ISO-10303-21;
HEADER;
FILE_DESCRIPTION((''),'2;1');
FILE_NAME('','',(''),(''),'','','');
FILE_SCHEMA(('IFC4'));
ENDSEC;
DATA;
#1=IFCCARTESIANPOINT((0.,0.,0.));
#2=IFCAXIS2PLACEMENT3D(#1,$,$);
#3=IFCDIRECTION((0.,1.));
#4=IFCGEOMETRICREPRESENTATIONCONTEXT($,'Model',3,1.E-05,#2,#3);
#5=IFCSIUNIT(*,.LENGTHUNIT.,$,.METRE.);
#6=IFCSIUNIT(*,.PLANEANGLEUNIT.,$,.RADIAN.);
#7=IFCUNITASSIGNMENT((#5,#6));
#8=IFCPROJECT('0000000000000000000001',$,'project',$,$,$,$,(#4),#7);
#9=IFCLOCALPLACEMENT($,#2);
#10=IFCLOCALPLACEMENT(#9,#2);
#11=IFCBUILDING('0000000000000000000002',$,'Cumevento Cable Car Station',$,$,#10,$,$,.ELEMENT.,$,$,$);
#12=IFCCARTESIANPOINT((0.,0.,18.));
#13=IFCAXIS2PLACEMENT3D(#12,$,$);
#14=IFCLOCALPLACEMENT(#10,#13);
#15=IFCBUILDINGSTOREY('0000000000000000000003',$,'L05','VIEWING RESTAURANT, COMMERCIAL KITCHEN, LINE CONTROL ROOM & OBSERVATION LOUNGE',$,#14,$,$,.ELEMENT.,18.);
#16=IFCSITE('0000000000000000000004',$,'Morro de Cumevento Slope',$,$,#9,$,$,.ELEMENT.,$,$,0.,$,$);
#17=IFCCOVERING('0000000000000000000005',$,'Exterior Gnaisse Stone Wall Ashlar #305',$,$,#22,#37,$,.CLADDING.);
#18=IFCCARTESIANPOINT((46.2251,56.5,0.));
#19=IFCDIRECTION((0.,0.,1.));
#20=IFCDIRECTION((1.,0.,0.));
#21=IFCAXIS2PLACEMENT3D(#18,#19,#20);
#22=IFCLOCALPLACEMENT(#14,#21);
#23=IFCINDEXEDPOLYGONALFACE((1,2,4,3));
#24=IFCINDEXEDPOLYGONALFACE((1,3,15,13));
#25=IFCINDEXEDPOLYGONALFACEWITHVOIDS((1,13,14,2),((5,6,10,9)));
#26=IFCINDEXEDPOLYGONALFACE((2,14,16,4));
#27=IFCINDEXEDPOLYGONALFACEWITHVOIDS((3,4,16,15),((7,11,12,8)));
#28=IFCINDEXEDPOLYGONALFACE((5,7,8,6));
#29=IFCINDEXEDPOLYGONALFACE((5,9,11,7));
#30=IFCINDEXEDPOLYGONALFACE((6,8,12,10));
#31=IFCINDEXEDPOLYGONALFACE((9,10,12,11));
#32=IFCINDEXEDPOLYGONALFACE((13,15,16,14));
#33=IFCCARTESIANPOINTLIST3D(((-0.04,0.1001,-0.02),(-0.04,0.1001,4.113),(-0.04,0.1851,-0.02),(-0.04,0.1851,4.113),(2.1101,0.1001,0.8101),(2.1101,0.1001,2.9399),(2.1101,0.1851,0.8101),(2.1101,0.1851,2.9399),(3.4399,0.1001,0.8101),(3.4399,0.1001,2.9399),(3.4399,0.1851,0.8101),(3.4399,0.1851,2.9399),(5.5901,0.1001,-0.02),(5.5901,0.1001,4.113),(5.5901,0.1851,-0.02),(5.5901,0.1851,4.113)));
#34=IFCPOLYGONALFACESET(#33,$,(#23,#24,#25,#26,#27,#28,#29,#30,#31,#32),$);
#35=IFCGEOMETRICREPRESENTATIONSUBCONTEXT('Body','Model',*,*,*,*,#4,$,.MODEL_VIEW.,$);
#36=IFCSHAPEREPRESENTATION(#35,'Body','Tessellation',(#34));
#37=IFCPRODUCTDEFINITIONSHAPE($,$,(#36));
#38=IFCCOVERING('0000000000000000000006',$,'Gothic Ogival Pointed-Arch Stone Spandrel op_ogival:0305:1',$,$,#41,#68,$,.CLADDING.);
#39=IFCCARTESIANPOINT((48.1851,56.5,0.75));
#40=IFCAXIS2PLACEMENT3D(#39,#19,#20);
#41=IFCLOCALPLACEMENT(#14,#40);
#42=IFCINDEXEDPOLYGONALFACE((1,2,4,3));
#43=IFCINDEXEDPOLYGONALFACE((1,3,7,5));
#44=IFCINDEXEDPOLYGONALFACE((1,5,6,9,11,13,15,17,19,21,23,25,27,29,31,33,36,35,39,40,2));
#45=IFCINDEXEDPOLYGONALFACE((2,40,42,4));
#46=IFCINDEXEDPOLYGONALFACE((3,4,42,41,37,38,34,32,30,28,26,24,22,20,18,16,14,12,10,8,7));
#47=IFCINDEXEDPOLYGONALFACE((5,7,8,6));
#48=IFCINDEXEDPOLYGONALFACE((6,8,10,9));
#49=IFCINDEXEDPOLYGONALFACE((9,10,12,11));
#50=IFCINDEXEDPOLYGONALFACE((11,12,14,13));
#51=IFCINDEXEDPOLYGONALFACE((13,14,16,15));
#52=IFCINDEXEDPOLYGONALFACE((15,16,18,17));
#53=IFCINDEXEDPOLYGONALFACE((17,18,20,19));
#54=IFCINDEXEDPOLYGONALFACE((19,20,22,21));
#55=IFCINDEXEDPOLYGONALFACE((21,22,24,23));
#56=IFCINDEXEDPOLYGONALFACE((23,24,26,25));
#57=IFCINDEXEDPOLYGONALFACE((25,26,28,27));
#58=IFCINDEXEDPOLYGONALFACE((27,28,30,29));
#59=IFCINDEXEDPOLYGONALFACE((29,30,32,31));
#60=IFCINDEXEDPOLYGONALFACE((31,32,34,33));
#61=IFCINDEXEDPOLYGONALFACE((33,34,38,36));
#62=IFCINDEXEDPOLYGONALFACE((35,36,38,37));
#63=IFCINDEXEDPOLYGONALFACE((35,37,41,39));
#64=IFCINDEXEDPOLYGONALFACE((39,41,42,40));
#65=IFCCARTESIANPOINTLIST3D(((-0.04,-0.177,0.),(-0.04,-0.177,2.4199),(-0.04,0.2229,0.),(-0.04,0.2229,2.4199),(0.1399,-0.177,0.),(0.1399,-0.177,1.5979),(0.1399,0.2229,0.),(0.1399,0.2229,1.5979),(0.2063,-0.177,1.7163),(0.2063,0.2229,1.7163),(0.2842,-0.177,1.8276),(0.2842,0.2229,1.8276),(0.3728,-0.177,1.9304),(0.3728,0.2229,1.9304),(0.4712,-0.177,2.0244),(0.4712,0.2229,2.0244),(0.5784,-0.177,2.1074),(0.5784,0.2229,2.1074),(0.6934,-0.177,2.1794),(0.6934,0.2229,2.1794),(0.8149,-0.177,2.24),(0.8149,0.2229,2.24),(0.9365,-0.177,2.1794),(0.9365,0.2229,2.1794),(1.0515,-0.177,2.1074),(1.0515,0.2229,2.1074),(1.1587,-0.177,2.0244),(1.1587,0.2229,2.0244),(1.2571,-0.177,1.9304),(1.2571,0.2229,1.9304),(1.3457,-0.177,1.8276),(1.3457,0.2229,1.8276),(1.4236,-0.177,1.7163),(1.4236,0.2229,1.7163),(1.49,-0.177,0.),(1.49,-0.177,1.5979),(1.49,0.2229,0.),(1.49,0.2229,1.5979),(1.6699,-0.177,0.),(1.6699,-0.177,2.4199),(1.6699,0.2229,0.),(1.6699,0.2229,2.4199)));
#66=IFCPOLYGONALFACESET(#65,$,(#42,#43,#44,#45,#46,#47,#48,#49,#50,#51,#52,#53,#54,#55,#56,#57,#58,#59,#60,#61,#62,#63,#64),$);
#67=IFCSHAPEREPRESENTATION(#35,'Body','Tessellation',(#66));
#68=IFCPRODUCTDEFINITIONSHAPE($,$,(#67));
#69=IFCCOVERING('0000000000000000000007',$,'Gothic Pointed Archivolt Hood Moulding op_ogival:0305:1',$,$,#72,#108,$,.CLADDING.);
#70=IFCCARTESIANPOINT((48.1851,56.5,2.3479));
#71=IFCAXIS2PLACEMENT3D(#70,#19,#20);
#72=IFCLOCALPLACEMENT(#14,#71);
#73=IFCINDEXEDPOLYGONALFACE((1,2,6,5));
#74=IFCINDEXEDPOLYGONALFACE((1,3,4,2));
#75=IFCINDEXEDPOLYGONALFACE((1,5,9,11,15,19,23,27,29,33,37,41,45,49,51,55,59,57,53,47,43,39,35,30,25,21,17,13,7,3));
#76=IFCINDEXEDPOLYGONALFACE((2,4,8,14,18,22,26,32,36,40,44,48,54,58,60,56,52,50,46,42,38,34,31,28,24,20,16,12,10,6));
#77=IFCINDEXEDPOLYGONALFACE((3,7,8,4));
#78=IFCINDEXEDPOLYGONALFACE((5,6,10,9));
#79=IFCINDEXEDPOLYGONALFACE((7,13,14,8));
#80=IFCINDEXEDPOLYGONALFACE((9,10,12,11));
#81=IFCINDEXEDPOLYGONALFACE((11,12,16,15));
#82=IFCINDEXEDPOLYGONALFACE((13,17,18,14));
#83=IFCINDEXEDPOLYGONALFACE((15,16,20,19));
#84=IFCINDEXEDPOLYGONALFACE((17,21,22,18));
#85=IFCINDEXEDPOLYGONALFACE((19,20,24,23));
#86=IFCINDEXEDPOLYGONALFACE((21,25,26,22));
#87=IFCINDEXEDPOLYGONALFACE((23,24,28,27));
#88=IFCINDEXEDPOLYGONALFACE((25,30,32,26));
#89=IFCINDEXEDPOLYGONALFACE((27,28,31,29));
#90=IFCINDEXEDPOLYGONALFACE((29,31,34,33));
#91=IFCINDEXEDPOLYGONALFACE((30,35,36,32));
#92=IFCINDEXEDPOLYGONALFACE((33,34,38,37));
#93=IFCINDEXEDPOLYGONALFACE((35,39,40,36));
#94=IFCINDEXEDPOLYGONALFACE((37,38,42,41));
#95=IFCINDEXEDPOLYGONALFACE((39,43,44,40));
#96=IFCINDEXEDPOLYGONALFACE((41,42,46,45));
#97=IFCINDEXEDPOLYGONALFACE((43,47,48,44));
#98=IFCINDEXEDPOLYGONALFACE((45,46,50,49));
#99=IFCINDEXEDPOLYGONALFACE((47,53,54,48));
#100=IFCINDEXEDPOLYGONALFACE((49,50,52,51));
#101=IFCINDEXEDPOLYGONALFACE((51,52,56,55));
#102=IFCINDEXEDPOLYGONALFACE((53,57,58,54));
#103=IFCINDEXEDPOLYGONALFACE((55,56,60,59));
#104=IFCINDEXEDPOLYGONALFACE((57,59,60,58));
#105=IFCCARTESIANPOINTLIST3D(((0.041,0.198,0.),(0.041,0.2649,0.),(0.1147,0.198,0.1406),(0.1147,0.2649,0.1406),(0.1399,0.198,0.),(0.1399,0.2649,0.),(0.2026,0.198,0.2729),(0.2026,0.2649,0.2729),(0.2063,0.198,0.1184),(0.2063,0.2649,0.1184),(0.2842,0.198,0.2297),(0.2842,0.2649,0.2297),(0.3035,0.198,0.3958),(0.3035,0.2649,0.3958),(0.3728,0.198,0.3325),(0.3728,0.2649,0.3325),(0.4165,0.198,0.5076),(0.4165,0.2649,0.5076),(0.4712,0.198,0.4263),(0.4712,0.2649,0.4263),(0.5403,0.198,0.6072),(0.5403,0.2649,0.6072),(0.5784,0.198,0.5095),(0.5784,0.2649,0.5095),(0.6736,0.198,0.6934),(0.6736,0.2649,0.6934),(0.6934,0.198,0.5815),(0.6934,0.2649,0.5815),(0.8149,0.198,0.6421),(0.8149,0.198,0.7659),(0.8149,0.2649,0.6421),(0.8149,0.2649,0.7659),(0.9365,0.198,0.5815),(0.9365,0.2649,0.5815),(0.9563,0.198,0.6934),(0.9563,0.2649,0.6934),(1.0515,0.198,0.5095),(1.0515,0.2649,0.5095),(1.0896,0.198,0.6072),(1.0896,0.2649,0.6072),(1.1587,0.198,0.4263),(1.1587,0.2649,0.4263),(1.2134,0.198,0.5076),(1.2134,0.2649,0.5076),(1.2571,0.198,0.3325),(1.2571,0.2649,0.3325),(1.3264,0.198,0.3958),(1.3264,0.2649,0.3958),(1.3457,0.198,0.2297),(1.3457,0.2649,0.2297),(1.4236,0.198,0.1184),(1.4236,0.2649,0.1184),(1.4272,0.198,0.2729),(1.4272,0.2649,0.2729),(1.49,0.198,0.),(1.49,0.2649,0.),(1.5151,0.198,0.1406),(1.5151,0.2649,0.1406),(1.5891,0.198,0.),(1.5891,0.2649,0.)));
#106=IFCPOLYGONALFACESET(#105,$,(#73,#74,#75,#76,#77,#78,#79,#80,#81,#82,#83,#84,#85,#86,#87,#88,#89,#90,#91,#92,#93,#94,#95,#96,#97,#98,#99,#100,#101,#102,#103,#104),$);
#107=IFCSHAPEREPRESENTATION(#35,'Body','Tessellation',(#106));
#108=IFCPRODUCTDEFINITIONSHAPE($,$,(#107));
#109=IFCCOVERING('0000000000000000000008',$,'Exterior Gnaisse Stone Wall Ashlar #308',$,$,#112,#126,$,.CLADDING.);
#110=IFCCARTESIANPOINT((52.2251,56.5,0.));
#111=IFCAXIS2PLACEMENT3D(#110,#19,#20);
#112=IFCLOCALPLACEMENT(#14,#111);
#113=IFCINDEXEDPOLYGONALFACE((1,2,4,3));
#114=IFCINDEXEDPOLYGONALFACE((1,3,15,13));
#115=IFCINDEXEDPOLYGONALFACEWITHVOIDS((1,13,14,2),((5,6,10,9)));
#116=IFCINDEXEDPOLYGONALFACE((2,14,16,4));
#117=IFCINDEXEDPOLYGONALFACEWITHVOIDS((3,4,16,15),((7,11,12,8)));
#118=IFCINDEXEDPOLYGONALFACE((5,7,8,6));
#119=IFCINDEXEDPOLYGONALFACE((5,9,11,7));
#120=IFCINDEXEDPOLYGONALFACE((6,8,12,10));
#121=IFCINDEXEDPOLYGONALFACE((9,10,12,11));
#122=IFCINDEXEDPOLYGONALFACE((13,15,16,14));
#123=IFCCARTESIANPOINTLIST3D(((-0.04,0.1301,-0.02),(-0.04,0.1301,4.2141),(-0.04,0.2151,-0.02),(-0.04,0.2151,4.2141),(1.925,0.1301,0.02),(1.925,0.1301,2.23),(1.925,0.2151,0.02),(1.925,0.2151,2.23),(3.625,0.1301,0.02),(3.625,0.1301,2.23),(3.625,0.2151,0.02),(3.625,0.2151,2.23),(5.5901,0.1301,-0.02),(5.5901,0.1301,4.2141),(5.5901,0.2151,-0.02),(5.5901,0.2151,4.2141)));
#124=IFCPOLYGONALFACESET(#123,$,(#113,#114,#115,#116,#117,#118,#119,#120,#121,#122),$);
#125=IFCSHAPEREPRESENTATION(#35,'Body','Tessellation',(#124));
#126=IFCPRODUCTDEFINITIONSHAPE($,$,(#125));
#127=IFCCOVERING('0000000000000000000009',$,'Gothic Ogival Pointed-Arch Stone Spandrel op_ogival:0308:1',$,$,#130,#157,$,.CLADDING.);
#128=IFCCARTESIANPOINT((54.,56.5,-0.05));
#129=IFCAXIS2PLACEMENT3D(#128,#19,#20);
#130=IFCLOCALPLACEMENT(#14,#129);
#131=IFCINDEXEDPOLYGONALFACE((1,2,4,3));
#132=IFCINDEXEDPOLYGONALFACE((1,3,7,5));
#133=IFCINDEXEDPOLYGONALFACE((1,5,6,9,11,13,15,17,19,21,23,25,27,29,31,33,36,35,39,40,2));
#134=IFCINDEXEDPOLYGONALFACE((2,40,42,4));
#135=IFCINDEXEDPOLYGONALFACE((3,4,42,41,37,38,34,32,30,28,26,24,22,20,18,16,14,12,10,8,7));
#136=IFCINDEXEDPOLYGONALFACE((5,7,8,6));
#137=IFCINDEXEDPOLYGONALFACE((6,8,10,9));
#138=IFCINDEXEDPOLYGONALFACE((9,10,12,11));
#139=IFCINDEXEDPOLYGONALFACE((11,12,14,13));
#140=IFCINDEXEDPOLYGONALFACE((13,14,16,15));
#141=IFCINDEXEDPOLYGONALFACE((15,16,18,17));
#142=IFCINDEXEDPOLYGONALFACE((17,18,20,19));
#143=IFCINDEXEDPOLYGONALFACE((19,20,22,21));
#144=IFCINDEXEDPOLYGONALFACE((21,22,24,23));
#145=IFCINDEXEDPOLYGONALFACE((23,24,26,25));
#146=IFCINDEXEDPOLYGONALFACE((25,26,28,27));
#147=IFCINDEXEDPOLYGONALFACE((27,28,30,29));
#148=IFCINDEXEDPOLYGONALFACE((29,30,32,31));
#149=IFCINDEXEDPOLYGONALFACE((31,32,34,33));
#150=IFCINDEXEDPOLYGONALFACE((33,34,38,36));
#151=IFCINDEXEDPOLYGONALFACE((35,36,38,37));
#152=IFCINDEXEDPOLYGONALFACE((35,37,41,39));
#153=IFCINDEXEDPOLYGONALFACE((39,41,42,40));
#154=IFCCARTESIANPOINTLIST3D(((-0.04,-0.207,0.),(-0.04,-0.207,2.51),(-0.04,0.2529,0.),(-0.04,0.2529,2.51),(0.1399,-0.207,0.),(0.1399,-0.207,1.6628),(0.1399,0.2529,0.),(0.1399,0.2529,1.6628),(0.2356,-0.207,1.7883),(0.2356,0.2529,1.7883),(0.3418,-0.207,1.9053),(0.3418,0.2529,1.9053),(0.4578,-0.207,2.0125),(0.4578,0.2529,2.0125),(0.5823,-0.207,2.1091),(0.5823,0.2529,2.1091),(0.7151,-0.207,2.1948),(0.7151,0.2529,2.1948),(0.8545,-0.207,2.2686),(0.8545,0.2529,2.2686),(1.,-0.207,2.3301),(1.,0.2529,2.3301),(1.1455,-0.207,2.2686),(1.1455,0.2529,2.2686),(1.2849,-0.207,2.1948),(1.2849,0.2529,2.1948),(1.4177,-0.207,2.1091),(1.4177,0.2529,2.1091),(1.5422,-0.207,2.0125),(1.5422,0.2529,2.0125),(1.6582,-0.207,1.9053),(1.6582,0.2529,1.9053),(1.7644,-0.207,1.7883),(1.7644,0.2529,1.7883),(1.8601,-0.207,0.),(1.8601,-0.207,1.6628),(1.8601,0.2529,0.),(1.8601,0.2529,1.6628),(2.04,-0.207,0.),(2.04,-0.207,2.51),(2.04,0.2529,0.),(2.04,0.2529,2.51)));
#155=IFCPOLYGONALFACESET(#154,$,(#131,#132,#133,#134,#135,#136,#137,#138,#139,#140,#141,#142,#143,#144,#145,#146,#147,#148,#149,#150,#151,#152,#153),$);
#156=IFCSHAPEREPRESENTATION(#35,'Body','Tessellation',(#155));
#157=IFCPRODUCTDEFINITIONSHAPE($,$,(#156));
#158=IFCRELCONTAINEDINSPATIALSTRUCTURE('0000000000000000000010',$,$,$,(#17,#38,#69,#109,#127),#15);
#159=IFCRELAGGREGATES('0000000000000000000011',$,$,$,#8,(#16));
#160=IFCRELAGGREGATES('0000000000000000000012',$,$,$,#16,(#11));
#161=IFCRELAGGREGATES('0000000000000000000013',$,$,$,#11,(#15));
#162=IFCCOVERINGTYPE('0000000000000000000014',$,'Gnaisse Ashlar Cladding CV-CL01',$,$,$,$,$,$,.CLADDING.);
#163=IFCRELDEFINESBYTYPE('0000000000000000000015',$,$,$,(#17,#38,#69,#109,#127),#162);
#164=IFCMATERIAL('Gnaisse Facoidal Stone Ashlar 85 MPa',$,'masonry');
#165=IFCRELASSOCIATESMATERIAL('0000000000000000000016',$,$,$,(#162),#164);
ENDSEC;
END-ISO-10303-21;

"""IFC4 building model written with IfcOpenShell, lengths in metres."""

from ifc_helpers import new_model, si_unit, direction, frame, origin, place, context, subcontext, project, spatial, polyline, outline, extrude, material, type_object, element, save


model = new_model("IFC4")

# Units and contexts
model_context = context("Model", 3, precision=1e-05, world=origin(), true_north=direction((0.0, 1.0)))
body_context = subcontext(model_context, "Body", "Model", "MODEL_VIEW")
ifc_project = project(units=[si_unit("LENGTHUNIT", "METRE"), si_unit("PLANEANGLEUNIT", "RADIAN")], contexts=[model_context])

# Site, building, storey
site_placement = place(None, origin())
site = spatial("IfcSite", under=ifc_project, at=site_placement, Name="Morro de Cumevento Slope", CompositionType="ELEMENT", RefElevation=0.0)
building_placement = place(site_placement, origin())
building = spatial("IfcBuilding", under=site, at=building_placement, Name="Cumevento Cable Car Station", CompositionType="ELEMENT")
storey_placement = place(building_placement, frame((0.0, 0.0, 18.0)))
storey = spatial("IfcBuildingStorey", under=building, at=storey_placement, Name="L05", Description="VIEWING RESTAURANT, COMMERCIAL KITCHEN, LINE CONTROL ROOM & OBSERVATION LOUNGE", CompositionType="ELEMENT", Elevation=18.0)

# Coverings
ifc_material_1 = material(Name="Gnaisse Facoidal Stone Ashlar 85 MPa", Category="masonry")
covering_type = type_object("IfcCoveringType", Name="Gnaisse Ashlar Cladding CV-CL01", PredefinedType="CLADDING", material=ifc_material_1)
covering_1_placement = place(storey_placement, frame((46.2251, 56.5, 0.0), z_axis=(0.0, 0.0, 1.0), x_axis=(1.0, 0.0, 0.0)))
element("IfcCovering", 1, at=covering_1_placement, inside=storey, type_object=covering_type, Name="Exterior Gnaisse Stone Wall Ashlar #305", PredefinedType="CLADDING", context=body_context, shape_type="SweptSolid", body=[
    extrude(outline(polyline([(-0.04, -0.02), (5.5901, -0.02), (5.5901, 4.113), (-0.04, 4.113), (-0.04, -0.02)]), holes=[polyline([(2.1101, 0.8101), (3.4399, 0.8101), (3.4399, 2.9399), (2.1101, 2.9399), (2.1101, 0.8101)])]), frame((0.0, 0.1851, 0.0), z_axis=(0.0, -1.0, 0.0), x_axis=(1.0, 0.0, 0.0)), (0.0, 0.0, 1.0), 0.085),
])
covering_2_placement = place(storey_placement, frame((48.1851, 56.5, 0.75), z_axis=(0.0, 0.0, 1.0), x_axis=(1.0, 0.0, 0.0)))
element("IfcCovering", 2, at=covering_2_placement, inside=storey, type_object=covering_type, Name="Gothic Ogival Pointed-Arch Stone Spandrel op_ogival:0305:1", PredefinedType="CLADDING", context=body_context, shape_type="SweptSolid", body=[
    extrude(outline(polyline([(-0.04, 0.0), (-0.04, 2.4199), (1.6699, 2.4199), (1.6699, 0.0), (1.49, 0.0), (1.49, 1.5979), (1.4236, 1.7163), (1.3457, 1.8276), (1.2571, 1.9304), (1.1587, 2.0244), (1.0515, 2.1074), (0.9365, 2.1794), (0.8149, 2.24), (0.6934, 2.1794), (0.5784, 2.1074), (0.4712, 2.0244), (0.3728, 1.9304), (0.2842, 1.8276), (0.2063, 1.7163), (0.1399, 1.5979), (0.1399, 0.0), (-0.04, 0.0)])), frame((0.0, 0.2229, 0.0), z_axis=(0.0, -1.0, 0.0), x_axis=(1.0, 0.0, 0.0)), (0.0, 0.0, 1.0), 0.3999),
])
covering_3_placement = place(storey_placement, frame((48.1851, 56.5, 2.3479), z_axis=(0.0, 0.0, 1.0), x_axis=(1.0, 0.0, 0.0)))
element("IfcCovering", 3, at=covering_3_placement, inside=storey, type_object=covering_type, Name="Gothic Pointed Archivolt Hood Moulding op_ogival:0305:1", PredefinedType="CLADDING", context=body_context, shape_type="SweptSolid", body=[
    extrude(outline(polyline([(0.1399, 0.0), (0.2063, 0.1184), (0.2842, 0.2297), (0.3728, 0.3325), (0.4712, 0.4263), (0.5784, 0.5095), (0.6934, 0.5815), (0.8149, 0.6421), (0.9365, 0.5815), (1.0515, 0.5095), (1.1587, 0.4263), (1.2571, 0.3325), (1.3457, 0.2297), (1.4236, 0.1184), (1.49, 0.0), (1.5891, 0.0), (1.5151, 0.1406), (1.4272, 0.2729), (1.3264, 0.3958), (1.2134, 0.5076), (1.0896, 0.6072), (0.9563, 0.6934), (0.8149, 0.7659), (0.6736, 0.6934), (0.5403, 0.6072), (0.4165, 0.5076), (0.3035, 0.3958), (0.2026, 0.2729), (0.1147, 0.1406), (0.041, 0.0), (0.1399, 0.0)])), frame((0.0, 0.2649, 0.0), z_axis=(0.0, -1.0, 0.0), x_axis=(1.0, 0.0, 0.0)), (0.0, 0.0, 1.0), 0.0669),
])
covering_4_placement = place(storey_placement, frame((52.2251, 56.5, 0.0), z_axis=(0.0, 0.0, 1.0), x_axis=(1.0, 0.0, 0.0)))
element("IfcCovering", 4, at=covering_4_placement, inside=storey, type_object=covering_type, Name="Exterior Gnaisse Stone Wall Ashlar #308", PredefinedType="CLADDING", context=body_context, shape_type="SweptSolid", body=[
    extrude(outline(polyline([(-0.04, -0.02), (5.5901, -0.02), (5.5901, 4.2141), (-0.04, 4.2141), (-0.04, -0.02)]), holes=[polyline([(1.925, 0.02), (3.625, 0.02), (3.625, 2.23), (1.925, 2.23), (1.925, 0.02)])]), frame((0.0, 0.2151, 0.0), z_axis=(0.0, -1.0, 0.0), x_axis=(1.0, 0.0, 0.0)), (0.0, 0.0, 1.0), 0.085),
])
covering_5_placement = place(storey_placement, frame((54.0, 56.5, -0.05), z_axis=(0.0, 0.0, 1.0), x_axis=(1.0, 0.0, 0.0)))
element("IfcCovering", 5, at=covering_5_placement, inside=storey, type_object=covering_type, Name="Gothic Ogival Pointed-Arch Stone Spandrel op_ogival:0308:1", PredefinedType="CLADDING", context=body_context, shape_type="SweptSolid", body=[
    extrude(outline(polyline([(-0.04, 0.0), (-0.04, 2.51), (2.04, 2.51), (2.04, 0.0), (1.8601, 0.0), (1.8601, 1.6628), (1.7644, 1.7883), (1.6582, 1.9053), (1.5422, 2.0125), (1.4177, 2.1091), (1.2849, 2.1948), (1.1455, 2.2686), (1.0, 2.3301), (0.8545, 2.2686), (0.7151, 2.1948), (0.5823, 2.1091), (0.4578, 2.0125), (0.3418, 1.9053), (0.2356, 1.7883), (0.1399, 1.6628), (0.1399, 0.0), (-0.04, 0.0)])), frame((0.0, 0.2529, 0.0), z_axis=(0.0, -1.0, 0.0), x_axis=(1.0, 0.0, 0.0)), (0.0, 0.0, 1.0), 0.46),
])

save(model, "model.ifc")
